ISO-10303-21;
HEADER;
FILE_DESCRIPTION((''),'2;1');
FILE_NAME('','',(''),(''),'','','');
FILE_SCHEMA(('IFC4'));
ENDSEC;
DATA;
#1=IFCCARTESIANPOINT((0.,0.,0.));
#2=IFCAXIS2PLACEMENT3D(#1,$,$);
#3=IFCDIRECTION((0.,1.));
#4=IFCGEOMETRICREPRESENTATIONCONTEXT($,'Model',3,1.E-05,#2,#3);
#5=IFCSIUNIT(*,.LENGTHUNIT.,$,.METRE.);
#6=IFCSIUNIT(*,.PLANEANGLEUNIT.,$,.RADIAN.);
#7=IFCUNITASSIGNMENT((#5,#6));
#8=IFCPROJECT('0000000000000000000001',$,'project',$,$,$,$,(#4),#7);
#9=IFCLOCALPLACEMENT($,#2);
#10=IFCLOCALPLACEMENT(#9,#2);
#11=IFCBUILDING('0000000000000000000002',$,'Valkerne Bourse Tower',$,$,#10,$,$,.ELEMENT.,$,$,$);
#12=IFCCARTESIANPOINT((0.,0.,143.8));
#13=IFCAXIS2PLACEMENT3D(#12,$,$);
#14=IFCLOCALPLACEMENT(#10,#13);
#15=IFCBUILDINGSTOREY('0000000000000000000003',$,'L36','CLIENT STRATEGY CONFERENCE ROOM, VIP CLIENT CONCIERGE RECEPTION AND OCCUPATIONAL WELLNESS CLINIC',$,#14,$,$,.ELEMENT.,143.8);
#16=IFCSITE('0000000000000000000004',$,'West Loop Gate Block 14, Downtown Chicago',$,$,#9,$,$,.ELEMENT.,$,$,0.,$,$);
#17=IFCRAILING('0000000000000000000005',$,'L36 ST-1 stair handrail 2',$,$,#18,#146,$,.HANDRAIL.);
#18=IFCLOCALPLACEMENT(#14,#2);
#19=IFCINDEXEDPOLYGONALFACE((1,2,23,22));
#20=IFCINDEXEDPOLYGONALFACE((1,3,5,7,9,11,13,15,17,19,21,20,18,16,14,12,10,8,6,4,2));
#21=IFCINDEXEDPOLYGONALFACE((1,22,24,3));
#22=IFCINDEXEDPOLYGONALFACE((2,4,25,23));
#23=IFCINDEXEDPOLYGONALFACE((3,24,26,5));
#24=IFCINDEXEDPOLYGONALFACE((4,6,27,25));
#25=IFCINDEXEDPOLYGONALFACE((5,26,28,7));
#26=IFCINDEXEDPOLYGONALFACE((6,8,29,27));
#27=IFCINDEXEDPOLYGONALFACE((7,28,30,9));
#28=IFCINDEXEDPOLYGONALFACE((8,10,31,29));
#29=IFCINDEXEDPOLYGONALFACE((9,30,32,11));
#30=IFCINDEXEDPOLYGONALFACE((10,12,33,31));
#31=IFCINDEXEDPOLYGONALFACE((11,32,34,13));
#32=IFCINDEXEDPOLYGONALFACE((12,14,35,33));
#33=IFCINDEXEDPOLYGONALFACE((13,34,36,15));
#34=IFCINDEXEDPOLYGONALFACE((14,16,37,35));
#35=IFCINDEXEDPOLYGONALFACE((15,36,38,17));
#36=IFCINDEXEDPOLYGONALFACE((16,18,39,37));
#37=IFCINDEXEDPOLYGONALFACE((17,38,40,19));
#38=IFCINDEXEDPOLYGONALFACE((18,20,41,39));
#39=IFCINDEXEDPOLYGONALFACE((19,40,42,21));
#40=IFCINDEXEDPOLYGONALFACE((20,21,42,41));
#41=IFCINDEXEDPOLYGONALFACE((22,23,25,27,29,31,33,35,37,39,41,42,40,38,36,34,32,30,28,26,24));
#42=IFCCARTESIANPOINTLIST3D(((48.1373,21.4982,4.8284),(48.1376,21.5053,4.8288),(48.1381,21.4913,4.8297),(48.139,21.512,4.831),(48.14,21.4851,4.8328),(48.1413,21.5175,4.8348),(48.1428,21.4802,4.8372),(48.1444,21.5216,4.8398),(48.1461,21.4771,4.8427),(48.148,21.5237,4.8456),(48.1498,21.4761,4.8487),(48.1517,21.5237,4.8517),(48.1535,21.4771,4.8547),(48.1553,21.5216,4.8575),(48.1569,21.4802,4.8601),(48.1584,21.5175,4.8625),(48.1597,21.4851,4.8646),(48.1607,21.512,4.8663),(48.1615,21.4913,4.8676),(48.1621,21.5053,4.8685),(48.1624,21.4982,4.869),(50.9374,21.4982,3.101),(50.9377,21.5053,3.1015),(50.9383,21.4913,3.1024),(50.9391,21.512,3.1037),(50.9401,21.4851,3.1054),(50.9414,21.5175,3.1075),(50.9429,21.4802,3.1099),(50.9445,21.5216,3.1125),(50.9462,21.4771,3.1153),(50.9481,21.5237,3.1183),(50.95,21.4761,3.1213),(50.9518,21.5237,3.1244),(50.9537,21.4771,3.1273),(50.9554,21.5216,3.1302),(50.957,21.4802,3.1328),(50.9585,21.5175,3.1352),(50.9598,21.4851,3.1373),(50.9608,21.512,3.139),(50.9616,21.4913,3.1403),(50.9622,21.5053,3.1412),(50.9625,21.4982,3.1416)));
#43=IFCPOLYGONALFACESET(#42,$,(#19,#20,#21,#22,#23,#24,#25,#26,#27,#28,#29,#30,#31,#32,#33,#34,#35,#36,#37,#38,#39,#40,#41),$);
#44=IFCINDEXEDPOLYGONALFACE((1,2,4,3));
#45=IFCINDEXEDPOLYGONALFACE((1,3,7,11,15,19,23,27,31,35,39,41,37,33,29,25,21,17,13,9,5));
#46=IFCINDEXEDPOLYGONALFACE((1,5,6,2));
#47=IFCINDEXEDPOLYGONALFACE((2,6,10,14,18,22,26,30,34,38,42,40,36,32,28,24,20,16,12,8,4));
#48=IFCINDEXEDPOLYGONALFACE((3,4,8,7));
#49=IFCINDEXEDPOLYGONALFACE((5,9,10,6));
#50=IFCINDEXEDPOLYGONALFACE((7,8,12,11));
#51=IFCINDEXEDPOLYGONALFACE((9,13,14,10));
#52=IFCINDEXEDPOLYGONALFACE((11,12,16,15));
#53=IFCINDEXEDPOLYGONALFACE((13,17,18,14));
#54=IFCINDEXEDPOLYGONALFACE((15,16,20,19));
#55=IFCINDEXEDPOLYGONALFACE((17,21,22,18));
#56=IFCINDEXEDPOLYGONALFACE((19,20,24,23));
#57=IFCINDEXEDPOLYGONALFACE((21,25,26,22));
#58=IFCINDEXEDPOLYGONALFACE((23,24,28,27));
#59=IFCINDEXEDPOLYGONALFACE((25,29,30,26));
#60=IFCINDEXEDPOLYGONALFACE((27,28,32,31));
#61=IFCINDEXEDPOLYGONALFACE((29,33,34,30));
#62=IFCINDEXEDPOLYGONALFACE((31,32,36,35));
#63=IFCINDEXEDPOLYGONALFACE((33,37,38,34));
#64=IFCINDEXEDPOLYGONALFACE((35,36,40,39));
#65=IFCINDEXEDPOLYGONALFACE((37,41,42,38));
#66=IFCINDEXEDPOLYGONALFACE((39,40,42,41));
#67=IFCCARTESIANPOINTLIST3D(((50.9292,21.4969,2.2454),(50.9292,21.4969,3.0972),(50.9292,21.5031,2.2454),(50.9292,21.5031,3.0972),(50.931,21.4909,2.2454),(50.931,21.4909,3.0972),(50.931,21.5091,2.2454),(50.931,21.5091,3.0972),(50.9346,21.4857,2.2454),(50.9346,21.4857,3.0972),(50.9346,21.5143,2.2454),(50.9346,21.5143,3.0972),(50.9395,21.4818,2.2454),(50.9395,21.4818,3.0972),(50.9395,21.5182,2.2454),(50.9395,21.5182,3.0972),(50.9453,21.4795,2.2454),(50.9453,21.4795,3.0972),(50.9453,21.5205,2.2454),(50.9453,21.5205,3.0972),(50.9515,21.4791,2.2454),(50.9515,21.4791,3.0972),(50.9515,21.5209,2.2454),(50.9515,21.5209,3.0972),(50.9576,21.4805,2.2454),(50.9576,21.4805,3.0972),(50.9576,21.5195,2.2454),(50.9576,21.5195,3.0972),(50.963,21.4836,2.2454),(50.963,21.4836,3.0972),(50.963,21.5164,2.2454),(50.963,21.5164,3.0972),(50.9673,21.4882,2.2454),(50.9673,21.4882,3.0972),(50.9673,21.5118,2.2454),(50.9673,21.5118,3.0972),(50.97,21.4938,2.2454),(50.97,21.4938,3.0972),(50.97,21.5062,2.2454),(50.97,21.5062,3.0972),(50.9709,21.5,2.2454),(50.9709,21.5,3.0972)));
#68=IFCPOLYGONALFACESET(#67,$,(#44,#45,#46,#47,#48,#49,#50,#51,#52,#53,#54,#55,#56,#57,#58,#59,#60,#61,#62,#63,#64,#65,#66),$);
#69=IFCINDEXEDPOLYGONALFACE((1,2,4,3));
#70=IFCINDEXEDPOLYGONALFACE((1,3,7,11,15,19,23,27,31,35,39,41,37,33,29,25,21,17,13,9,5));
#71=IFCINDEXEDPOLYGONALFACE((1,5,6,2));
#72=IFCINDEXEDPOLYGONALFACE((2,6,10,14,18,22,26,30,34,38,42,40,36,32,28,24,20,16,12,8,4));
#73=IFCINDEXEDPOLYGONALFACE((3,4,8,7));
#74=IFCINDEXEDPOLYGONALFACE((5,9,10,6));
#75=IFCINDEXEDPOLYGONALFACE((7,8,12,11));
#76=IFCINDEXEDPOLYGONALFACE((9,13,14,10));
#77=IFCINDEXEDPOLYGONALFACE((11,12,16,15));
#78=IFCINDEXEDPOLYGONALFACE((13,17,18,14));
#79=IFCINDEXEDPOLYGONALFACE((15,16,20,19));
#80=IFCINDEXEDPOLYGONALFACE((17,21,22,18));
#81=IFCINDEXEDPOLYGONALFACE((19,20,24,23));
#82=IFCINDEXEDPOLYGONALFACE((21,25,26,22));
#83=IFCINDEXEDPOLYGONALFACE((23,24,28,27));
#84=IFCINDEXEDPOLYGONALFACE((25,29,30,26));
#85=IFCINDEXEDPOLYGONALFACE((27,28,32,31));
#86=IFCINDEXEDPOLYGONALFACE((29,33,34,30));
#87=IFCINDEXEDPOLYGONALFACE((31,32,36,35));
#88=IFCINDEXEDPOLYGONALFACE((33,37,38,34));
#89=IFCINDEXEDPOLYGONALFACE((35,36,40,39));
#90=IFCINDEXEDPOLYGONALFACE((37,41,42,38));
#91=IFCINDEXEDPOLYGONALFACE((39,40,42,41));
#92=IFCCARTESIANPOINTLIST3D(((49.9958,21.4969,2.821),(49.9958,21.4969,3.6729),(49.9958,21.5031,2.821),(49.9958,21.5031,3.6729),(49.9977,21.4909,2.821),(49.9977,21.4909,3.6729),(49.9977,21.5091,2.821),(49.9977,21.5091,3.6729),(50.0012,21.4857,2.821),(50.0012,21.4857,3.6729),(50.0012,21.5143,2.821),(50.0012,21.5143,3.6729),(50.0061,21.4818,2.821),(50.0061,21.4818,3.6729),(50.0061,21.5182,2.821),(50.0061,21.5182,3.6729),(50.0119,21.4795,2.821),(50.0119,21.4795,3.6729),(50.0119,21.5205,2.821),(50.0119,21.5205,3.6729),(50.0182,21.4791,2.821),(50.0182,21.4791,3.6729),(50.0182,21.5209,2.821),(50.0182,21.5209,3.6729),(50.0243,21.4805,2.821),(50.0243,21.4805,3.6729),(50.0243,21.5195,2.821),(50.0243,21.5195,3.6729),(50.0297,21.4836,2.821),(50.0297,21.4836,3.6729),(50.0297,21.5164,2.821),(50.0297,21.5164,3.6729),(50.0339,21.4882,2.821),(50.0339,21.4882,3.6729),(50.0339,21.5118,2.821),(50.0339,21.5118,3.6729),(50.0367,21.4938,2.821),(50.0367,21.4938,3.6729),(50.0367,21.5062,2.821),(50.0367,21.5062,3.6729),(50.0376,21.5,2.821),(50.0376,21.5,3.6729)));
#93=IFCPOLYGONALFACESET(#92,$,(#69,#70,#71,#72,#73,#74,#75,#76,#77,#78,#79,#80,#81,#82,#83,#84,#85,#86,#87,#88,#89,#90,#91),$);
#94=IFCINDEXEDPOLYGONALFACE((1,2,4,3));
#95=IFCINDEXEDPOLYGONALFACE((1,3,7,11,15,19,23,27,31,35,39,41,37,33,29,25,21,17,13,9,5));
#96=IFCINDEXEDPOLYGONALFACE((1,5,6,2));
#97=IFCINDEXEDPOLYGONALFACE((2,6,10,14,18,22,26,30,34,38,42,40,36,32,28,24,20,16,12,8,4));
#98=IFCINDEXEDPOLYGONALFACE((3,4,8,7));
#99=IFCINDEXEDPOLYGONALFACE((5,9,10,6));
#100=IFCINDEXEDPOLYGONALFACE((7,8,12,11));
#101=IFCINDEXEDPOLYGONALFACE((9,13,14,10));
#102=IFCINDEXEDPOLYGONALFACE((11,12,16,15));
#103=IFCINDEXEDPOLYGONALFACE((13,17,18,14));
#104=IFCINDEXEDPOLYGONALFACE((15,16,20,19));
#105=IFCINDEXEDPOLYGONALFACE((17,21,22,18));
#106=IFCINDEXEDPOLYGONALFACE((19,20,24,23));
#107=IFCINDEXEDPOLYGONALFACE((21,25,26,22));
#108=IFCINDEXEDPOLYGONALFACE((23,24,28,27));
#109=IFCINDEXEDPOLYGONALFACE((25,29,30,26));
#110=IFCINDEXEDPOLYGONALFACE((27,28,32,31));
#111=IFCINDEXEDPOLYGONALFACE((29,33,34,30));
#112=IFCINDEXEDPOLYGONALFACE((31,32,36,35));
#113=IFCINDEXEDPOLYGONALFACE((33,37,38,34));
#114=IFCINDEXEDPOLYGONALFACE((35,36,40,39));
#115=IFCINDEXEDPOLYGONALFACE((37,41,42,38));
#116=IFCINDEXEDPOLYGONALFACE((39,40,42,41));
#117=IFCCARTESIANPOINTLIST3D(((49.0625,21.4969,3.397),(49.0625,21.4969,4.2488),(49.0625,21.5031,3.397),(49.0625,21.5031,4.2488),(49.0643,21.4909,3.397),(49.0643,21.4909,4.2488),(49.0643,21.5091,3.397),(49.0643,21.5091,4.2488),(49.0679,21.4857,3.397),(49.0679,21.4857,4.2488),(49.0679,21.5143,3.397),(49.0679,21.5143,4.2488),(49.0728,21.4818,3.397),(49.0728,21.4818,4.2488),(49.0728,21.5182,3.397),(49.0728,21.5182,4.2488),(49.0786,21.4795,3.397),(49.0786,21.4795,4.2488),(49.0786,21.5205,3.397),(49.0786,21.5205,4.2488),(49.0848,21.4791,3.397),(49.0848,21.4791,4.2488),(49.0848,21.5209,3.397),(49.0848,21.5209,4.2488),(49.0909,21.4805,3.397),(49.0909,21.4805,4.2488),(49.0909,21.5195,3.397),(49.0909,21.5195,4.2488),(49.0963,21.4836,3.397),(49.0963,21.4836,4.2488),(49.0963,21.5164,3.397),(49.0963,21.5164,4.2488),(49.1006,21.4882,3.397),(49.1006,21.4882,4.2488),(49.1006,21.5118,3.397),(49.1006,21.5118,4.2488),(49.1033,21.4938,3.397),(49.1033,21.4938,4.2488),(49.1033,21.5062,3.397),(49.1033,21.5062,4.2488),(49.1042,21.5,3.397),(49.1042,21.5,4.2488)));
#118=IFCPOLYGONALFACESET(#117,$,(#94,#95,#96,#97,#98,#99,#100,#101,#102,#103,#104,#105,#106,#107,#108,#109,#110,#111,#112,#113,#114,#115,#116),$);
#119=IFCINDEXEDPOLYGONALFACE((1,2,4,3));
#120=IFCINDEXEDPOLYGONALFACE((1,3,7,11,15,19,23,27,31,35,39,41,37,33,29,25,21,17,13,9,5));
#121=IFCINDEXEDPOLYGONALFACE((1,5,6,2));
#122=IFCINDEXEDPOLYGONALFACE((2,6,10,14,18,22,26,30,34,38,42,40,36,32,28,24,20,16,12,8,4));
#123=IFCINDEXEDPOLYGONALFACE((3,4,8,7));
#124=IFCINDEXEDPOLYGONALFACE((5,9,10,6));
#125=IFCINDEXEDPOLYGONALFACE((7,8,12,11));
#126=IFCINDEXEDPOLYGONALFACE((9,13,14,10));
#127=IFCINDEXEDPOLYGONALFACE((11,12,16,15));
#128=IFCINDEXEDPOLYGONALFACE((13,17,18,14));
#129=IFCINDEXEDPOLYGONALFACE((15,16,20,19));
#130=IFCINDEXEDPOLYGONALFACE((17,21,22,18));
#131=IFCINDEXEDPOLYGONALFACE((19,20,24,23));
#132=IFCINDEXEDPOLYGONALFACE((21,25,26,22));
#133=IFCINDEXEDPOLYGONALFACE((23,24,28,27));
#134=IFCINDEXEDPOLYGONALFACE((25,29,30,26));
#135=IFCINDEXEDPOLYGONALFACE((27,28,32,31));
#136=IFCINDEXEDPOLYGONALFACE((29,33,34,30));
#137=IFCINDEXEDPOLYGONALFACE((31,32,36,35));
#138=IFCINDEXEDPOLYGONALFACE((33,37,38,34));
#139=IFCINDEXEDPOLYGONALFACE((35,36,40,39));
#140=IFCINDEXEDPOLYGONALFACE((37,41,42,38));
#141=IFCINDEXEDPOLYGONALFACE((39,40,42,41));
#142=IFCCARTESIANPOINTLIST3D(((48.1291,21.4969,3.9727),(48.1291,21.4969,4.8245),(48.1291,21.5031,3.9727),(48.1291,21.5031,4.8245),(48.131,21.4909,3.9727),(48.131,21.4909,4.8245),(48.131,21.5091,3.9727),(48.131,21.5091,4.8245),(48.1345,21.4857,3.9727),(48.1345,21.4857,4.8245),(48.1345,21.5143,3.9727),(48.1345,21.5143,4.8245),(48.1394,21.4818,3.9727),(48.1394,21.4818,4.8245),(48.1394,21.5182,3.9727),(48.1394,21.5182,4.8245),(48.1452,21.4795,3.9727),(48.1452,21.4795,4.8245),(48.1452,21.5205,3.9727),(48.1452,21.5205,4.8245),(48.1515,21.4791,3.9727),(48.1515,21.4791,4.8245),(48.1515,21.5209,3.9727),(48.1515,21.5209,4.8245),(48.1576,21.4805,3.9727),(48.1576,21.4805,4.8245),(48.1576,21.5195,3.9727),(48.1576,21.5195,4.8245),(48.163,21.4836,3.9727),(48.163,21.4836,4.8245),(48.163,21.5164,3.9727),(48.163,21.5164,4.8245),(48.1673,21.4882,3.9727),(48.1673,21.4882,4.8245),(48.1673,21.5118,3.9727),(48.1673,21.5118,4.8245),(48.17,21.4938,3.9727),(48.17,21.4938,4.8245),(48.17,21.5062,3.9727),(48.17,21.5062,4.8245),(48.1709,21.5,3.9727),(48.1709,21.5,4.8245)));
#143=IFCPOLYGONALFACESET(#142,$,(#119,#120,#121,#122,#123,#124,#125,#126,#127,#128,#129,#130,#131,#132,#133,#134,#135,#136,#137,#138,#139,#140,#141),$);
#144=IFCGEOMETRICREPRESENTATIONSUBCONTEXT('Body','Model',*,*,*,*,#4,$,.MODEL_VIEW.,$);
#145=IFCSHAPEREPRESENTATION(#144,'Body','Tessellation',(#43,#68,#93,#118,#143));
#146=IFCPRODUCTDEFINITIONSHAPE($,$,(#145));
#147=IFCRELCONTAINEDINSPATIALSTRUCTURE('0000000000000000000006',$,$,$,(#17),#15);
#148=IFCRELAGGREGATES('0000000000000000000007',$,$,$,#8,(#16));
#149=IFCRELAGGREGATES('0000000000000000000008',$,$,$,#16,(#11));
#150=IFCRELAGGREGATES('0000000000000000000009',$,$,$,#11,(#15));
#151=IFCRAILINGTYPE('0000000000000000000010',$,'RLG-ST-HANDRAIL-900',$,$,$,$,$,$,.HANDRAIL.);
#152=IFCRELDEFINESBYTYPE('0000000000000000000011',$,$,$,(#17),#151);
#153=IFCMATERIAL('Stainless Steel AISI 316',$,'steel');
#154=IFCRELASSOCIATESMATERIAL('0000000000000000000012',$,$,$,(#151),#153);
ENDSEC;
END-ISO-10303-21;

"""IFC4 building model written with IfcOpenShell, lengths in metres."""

from ifc_helpers import new_model, si_unit, direction, frame, origin, origin_2d, place, context, subcontext, project, spatial, circle, extrude, material, type_object, element, save


model = new_model("IFC4")

# Units and contexts
model_context = context("Model", 3, precision=1e-05, world=origin(), true_north=direction((0.0, 1.0)))
body_context = subcontext(model_context, "Body", "Model", "MODEL_VIEW")
ifc_project = project(units=[si_unit("LENGTHUNIT", "METRE"), si_unit("PLANEANGLEUNIT", "RADIAN")], contexts=[model_context])

# Site, building, storey
site_placement = place(None, origin())
site = spatial("IfcSite", under=ifc_project, at=site_placement, Name="West Loop Gate Block 14, Downtown Chicago", CompositionType="ELEMENT", RefElevation=0.0)
building_placement = place(site_placement, origin())
building = spatial("IfcBuilding", under=site, at=building_placement, Name="Valkerne Bourse Tower", CompositionType="ELEMENT")
storey_placement = place(building_placement, frame((0.0, 0.0, 143.8)))
storey = spatial("IfcBuildingStorey", under=building, at=storey_placement, Name="L36", Description="CLIENT STRATEGY CONFERENCE ROOM, VIP CLIENT CONCIERGE RECEPTION AND OCCUPATIONAL WELLNESS CLINIC", CompositionType="ELEMENT", Elevation=143.8)

# Shared definitions
ifc_material_1 = material(Name="Stainless Steel AISI 316", Category="steel")

# Railing
railing_type_1 = type_object("IfcRailingType", Name="RLG-ST-HANDRAIL-900", PredefinedType="HANDRAIL", material=ifc_material_1)
railing_1_placement = place(storey_placement, frame((50.95, 21.5, 2.2454)))
element("IfcRailing", 1, at=railing_1_placement, inside=storey, type_object=railing_type_1, Name="L36 ST-1 stair handrail 2", PredefinedType="HANDRAIL", context=body_context, shape_type="SweptSolid", body=[
    extrude(circle(Radius=0.0239, at=origin_2d()), frame((0.0, 0.0, 0.876), z_axis=(-0.85109, 0.0, 0.52502), x_axis=(0.0, -1.0, 0.0)), (0.0, 0.0, 1.0), 3.29),
    extrude(circle(Radius=0.021, at=origin_2d()), origin(), (0.0, 0.0, 1.0), 0.8518),
    extrude(circle(Radius=0.021, at=origin_2d()), frame((-0.9333, 0.0, 0.5757)), (0.0, 0.0, 1.0), 0.8518),
    extrude(circle(Radius=0.021, at=origin_2d()), frame((-1.8667, 0.0, 1.1516)), (0.0, 0.0, 1.0), 0.8518),
    extrude(circle(Radius=0.021, at=origin_2d()), frame((-2.8, 0.0, 1.7273)), (0.0, 0.0, 1.0), 0.8518),
])

save(model, "model.ifc")
